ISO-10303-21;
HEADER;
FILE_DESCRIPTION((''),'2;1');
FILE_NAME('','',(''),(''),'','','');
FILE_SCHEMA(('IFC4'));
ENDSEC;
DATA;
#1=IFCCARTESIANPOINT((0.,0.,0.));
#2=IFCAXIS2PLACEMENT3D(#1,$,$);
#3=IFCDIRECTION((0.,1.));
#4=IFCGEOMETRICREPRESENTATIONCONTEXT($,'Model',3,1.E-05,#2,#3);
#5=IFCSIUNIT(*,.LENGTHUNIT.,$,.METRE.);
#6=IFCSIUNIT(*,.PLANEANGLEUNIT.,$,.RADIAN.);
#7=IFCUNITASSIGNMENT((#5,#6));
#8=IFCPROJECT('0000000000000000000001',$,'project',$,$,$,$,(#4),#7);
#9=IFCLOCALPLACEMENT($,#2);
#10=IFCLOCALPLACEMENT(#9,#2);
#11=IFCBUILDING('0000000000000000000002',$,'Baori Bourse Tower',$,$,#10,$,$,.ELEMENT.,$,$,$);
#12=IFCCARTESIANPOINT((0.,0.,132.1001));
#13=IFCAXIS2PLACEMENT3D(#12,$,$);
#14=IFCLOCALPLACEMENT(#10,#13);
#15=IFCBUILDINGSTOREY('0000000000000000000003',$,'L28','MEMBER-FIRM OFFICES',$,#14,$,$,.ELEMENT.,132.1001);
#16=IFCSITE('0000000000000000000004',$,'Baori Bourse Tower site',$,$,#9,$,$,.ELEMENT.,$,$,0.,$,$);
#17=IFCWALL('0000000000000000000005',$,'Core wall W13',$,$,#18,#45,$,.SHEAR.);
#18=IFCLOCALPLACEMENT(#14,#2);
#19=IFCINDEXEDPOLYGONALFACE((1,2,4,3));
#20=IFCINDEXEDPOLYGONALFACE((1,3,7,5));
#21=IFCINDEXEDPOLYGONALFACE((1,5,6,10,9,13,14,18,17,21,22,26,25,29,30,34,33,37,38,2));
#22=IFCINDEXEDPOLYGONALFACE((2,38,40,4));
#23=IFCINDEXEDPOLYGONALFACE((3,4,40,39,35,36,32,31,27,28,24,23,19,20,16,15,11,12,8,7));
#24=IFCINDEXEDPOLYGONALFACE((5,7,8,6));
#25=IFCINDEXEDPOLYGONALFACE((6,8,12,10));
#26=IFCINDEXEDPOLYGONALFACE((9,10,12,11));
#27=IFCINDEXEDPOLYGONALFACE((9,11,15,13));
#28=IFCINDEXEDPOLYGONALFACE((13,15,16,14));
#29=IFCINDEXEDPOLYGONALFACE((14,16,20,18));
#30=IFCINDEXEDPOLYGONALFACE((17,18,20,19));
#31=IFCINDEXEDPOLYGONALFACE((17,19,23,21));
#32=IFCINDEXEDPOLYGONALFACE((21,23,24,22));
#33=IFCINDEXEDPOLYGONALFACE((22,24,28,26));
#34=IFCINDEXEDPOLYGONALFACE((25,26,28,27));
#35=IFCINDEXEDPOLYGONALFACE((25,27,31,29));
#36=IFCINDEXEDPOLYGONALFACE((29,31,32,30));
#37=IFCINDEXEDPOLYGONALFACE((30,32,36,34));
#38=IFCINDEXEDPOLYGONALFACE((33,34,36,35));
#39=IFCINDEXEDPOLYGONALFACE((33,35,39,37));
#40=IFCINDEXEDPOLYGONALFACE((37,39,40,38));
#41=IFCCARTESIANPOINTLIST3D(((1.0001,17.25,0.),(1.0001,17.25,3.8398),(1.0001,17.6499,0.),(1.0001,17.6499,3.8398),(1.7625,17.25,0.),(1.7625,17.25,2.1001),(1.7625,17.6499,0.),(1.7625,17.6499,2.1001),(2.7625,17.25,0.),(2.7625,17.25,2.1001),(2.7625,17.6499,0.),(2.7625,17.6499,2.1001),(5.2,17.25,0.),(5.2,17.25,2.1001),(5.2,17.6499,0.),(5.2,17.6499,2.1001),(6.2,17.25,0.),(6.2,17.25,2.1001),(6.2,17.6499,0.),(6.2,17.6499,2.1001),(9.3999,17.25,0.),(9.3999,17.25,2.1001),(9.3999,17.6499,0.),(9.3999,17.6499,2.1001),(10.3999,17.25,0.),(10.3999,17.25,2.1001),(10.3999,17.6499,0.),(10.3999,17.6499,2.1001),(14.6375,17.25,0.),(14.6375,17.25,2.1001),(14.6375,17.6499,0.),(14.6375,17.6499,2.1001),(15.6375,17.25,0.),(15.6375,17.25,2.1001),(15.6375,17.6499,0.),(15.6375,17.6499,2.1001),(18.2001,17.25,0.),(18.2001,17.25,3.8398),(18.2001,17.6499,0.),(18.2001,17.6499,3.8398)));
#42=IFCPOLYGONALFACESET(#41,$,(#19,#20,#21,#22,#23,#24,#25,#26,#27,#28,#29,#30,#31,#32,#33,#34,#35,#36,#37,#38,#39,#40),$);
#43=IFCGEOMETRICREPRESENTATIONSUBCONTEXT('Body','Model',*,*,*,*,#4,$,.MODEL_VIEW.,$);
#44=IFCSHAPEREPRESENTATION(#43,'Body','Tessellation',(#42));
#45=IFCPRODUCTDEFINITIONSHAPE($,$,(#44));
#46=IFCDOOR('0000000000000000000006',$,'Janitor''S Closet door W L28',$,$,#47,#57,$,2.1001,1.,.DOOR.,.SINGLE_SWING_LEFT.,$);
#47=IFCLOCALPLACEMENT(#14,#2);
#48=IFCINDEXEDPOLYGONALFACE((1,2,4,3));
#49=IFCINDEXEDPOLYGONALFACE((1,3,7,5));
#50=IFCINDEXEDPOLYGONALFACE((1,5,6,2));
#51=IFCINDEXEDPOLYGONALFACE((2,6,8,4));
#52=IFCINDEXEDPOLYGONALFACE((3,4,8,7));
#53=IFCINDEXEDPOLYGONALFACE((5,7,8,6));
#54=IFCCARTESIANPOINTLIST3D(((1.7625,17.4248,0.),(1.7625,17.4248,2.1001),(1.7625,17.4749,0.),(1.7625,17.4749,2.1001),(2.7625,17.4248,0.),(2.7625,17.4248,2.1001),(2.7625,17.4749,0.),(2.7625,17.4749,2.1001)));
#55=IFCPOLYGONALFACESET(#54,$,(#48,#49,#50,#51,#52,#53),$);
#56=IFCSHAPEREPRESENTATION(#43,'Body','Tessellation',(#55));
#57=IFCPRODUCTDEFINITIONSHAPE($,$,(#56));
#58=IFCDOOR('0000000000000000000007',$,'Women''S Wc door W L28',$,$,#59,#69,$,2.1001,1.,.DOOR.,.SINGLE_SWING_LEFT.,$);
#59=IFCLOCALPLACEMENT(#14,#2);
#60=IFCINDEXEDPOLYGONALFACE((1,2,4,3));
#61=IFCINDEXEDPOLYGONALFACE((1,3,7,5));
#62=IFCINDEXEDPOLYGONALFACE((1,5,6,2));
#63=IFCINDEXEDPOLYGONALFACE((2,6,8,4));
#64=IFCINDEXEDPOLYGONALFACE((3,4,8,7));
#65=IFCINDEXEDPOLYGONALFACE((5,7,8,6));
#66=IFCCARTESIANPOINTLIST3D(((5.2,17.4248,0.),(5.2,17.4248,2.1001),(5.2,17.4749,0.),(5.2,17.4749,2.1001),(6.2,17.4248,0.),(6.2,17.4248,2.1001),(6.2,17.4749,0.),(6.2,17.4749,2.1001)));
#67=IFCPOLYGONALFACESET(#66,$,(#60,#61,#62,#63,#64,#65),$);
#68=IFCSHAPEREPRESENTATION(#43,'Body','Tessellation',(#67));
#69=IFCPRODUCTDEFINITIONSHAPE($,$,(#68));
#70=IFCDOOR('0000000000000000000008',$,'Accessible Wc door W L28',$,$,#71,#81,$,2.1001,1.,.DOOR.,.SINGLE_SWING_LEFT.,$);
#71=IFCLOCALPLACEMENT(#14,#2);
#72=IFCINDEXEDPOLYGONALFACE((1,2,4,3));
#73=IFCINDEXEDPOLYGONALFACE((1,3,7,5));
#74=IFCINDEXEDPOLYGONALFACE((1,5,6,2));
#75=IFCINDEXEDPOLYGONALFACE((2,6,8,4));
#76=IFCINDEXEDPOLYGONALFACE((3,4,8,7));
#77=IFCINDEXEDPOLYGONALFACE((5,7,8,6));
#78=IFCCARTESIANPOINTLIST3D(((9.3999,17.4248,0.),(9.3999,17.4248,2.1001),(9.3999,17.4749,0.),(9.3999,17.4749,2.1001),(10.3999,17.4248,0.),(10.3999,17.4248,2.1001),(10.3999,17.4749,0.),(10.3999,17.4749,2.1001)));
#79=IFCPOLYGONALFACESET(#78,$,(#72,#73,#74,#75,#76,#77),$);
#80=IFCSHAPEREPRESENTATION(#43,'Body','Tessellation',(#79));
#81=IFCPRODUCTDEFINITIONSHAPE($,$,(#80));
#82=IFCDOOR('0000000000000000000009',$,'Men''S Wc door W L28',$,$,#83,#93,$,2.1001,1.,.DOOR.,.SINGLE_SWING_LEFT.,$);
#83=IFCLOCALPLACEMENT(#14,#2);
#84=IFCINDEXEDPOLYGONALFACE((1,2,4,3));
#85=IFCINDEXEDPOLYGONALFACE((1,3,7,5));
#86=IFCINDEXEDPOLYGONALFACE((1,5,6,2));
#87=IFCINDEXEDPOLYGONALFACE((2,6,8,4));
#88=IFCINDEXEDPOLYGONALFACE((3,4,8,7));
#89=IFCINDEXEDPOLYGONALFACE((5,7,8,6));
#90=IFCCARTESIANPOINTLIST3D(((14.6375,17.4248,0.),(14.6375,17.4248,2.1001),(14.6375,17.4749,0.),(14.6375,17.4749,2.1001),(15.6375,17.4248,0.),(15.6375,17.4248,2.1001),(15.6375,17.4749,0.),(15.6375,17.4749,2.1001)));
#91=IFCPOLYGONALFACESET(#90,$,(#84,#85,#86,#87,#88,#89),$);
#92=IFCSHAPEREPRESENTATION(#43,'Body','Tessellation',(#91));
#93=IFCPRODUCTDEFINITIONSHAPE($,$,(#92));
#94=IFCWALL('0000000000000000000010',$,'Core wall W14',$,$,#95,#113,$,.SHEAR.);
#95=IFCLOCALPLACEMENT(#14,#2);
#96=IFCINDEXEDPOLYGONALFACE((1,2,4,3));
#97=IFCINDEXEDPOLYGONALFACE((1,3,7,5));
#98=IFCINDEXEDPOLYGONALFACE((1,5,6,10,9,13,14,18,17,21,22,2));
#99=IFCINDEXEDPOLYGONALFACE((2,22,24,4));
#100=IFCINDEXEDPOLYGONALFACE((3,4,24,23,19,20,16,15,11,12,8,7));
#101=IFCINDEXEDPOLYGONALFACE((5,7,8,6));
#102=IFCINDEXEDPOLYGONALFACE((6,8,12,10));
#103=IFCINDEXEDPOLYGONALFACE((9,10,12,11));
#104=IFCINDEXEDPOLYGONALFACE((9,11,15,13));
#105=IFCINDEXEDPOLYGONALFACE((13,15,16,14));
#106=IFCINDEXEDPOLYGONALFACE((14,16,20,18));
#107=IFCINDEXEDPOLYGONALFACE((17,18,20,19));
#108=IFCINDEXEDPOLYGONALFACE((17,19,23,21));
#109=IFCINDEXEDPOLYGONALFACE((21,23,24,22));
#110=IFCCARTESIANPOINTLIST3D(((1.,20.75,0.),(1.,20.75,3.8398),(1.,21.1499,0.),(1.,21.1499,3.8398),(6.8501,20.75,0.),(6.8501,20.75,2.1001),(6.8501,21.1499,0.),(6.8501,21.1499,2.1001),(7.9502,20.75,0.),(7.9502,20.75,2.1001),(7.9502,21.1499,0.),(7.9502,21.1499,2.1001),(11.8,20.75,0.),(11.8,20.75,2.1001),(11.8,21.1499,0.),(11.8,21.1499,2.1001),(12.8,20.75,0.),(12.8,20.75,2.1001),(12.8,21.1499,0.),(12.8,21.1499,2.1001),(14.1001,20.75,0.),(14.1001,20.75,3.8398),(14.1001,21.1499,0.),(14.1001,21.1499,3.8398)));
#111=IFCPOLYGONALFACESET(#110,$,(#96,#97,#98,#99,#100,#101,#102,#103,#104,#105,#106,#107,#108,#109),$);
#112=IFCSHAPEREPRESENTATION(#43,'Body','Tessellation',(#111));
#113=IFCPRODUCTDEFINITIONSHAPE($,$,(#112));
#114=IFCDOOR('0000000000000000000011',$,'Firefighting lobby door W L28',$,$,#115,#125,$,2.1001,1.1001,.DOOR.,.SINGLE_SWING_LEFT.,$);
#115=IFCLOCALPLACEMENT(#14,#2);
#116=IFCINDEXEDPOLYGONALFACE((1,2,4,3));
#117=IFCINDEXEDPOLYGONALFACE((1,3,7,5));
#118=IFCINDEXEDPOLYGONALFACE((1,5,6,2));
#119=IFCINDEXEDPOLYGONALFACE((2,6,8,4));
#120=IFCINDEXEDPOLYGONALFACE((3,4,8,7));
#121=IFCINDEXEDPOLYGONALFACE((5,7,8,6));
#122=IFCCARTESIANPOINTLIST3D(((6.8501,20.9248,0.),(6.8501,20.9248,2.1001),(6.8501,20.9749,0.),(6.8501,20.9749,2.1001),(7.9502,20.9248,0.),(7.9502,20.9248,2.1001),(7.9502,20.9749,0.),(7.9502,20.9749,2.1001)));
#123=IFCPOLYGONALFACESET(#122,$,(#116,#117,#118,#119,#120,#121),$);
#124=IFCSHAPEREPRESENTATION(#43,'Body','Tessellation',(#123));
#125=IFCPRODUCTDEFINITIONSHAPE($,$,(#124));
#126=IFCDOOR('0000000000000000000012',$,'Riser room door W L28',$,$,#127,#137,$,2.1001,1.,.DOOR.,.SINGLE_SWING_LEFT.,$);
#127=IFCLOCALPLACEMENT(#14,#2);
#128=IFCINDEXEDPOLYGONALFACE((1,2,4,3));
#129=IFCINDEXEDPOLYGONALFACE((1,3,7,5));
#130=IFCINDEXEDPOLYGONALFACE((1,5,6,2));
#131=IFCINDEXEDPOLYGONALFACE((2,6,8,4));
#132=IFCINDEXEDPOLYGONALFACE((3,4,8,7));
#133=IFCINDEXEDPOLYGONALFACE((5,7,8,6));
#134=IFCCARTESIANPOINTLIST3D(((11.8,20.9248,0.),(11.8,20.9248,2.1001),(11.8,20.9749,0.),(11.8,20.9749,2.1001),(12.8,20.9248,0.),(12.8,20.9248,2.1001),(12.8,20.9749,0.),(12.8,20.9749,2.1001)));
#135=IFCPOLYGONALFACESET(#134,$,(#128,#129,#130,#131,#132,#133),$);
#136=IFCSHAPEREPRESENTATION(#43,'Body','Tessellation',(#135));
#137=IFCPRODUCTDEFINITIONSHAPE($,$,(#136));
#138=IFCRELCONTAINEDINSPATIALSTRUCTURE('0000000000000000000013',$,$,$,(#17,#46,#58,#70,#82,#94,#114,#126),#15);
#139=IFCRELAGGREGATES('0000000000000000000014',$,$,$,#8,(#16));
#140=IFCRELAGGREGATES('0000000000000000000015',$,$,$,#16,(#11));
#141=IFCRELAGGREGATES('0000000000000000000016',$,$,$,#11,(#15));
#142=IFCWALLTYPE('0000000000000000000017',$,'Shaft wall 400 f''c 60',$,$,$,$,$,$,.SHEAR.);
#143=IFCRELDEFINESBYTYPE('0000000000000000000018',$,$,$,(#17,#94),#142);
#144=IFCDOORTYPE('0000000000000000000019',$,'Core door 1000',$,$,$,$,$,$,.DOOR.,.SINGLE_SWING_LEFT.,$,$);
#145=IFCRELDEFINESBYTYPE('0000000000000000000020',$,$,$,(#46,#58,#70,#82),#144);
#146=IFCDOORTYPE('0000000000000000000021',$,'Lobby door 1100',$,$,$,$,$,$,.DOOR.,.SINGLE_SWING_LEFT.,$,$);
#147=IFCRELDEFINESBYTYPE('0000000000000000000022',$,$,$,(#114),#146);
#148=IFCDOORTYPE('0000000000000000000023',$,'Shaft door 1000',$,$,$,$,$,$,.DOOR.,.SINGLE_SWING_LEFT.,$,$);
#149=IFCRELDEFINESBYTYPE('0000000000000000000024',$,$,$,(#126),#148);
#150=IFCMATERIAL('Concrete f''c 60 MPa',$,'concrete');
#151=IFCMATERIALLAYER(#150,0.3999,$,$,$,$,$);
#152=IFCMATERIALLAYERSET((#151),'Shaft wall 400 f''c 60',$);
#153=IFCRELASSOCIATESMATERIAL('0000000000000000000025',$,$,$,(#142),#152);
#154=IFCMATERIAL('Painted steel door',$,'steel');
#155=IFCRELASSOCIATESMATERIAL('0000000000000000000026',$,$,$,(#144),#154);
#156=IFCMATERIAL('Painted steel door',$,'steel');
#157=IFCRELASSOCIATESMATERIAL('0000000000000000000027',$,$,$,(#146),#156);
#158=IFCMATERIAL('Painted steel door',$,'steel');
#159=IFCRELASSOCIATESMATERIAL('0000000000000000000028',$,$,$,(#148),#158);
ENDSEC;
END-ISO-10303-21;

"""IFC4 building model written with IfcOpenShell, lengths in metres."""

from ifc_helpers import new_model, si_unit, direction, frame, frame_2d, origin, place, context, subcontext, project, spatial, rectangle, extrude, material, layer, layer_set, type_object, element, fill, save


model = new_model("IFC4")

# Units and contexts
model_context = context("Model", 3, precision=1e-05, world=origin(), true_north=direction((0.0, 1.0)))
body_context = subcontext(model_context, "Body", "Model", "MODEL_VIEW")
ifc_project = project(units=[si_unit("LENGTHUNIT", "METRE"), si_unit("PLANEANGLEUNIT", "RADIAN")], contexts=[model_context])

# Site, building, storey
site_placement = place(None, origin())
site = spatial("IfcSite", under=ifc_project, at=site_placement, Name="Baori Bourse Tower site", CompositionType="ELEMENT", RefElevation=0.0)
building_placement = place(site_placement, origin())
building = spatial("IfcBuilding", under=site, at=building_placement, Name="Baori Bourse Tower", CompositionType="ELEMENT")
storey_placement = place(building_placement, frame((0.0, 0.0, 132.1001)))
storey = spatial("IfcBuildingStorey", under=building, at=storey_placement, Name="L28", Description="MEMBER-FIRM OFFICES", CompositionType="ELEMENT", Elevation=132.1001)

# Shared definitions
ifc_material_1 = material(Name="Concrete f'c 60 MPa", Category="concrete")
ifc_layer_1 = layer(ifc_material_1, 0.3999)
ifc_layer_set_1 = layer_set([ifc_layer_1], Name="Shaft wall 400 f'c 60")
wall_type_1 = type_object("IfcWallType", Name="Shaft wall 400 f'c 60", PredefinedType="SHEAR", material=ifc_layer_set_1)

# Walls, openings, doors
wall_1_placement = place(storey_placement, frame((1.0, 17.45, 0.0), z_axis=(0.0, 0.0, 1.0), x_axis=(1.0, 0.0, 0.0)))
wall_1 = element("IfcWall", 1, at=wall_1_placement, inside=storey, type_object=wall_type_1, Name="Core wall W13", PredefinedType="SHEAR", context=body_context, shape_type="SweptSolid", body=[
    extrude(rectangle(XDim=17.2, YDim=0.3999, at=frame_2d((8.6001, 0.0))), origin(), (0.0, 0.0, 1.0), 3.8398),
])
opening_1_placement = place(wall_1_placement, frame((0.7625, 0.0, 0.0)))
opening_1 = element("IfcOpeningElement", 2, at=opening_1_placement, cuts=wall_1, PredefinedType="OPENING", context=body_context, shape_type="SweptSolid", body=[
    extrude(rectangle(XDim=1.0, YDim=2.1001, at=frame_2d((0.5, 1.05))), frame((0.0, 0.21, 0.0), z_axis=(0.0, -1.0, 0.0), x_axis=(1.0, 0.0, 0.0)), (0.0, 0.0, 1.0), 0.4199),
])
opening_2_placement = place(wall_1_placement, frame((4.2, 0.0, 0.0)))
opening_2 = element("IfcOpeningElement", 3, at=opening_2_placement, cuts=wall_1, PredefinedType="OPENING", context=body_context, shape_type="SweptSolid", body=[
    extrude(rectangle(XDim=1.0, YDim=2.1001, at=frame_2d((0.5, 1.05))), frame((0.0, 0.21, 0.0), z_axis=(0.0, -1.0, 0.0), x_axis=(1.0, 0.0, 0.0)), (0.0, 0.0, 1.0), 0.4199),
])
opening_3_placement = place(wall_1_placement, frame((8.3999, 0.0, 0.0)))
opening_3 = element("IfcOpeningElement", 4, at=opening_3_placement, cuts=wall_1, PredefinedType="OPENING", context=body_context, shape_type="SweptSolid", body=[
    extrude(rectangle(XDim=1.0, YDim=2.1001, at=frame_2d((0.5, 1.05))), frame((0.0, 0.21, 0.0), z_axis=(0.0, -1.0, 0.0), x_axis=(1.0, 0.0, 0.0)), (0.0, 0.0, 1.0), 0.4199),
])
opening_4_placement = place(wall_1_placement, frame((13.6375, 0.0, 0.0)))
opening_4 = element("IfcOpeningElement", 5, at=opening_4_placement, cuts=wall_1, PredefinedType="OPENING", context=body_context, shape_type="SweptSolid", body=[
    extrude(rectangle(XDim=1.0, YDim=2.1001, at=frame_2d((0.5, 1.05))), frame((0.0, 0.21, 0.0), z_axis=(0.0, -1.0, 0.0), x_axis=(1.0, 0.0, 0.0)), (0.0, 0.0, 1.0), 0.4199),
])
ifc_material_2 = material(Name="Painted steel door", Category="steel")
door_type_1 = type_object("IfcDoorType", Name="Core door 1000", OperationType="SINGLE_SWING_LEFT", PredefinedType="DOOR", material=ifc_material_2)
door_1_placement = place(opening_1_placement, origin())
door_1 = element("IfcDoor", 6, at=door_1_placement, inside=storey, type_object=door_type_1, Name="Janitor'S Closet door W L28", OperationType="SINGLE_SWING_LEFT", OverallHeight=2.1001, OverallWidth=1.0, PredefinedType="DOOR", context=body_context, shape_type="SweptSolid", body=[
    extrude(rectangle(XDim=1.0, YDim=2.1001, at=frame_2d((0.5, 1.05))), frame((0.0, 0.0249, 0.0), z_axis=(0.0, -1.0, 0.0), x_axis=(1.0, 0.0, 0.0)), (0.0, 0.0, 1.0), 0.05),
])
fill(opening_1, door_1)
door_2_placement = place(opening_2_placement, origin())
door_2 = element("IfcDoor", 7, at=door_2_placement, inside=storey, type_object=door_type_1, Name="Women'S Wc door W L28", OperationType="SINGLE_SWING_LEFT", OverallHeight=2.1001, OverallWidth=1.0, PredefinedType="DOOR", context=body_context, shape_type="SweptSolid", body=[
    extrude(rectangle(XDim=1.0, YDim=2.1001, at=frame_2d((0.5, 1.05))), frame((0.0, 0.0249, 0.0), z_axis=(0.0, -1.0, 0.0), x_axis=(1.0, 0.0, 0.0)), (0.0, 0.0, 1.0), 0.05),
])
fill(opening_2, door_2)
door_3_placement = place(opening_3_placement, origin())
door_3 = element("IfcDoor", 8, at=door_3_placement, inside=storey, type_object=door_type_1, Name="Accessible Wc door W L28", OperationType="SINGLE_SWING_LEFT", OverallHeight=2.1001, OverallWidth=1.0, PredefinedType="DOOR", context=body_context, shape_type="SweptSolid", body=[
    extrude(rectangle(XDim=1.0, YDim=2.1001, at=frame_2d((0.5, 1.05))), frame((0.0, 0.0249, 0.0), z_axis=(0.0, -1.0, 0.0), x_axis=(1.0, 0.0, 0.0)), (0.0, 0.0, 1.0), 0.05),
])
fill(opening_3, door_3)
door_4_placement = place(opening_4_placement, origin())
door_4 = element("IfcDoor", 9, at=door_4_placement, inside=storey, type_object=door_type_1, Name="Men'S Wc door W L28", OperationType="SINGLE_SWING_LEFT", OverallHeight=2.1001, OverallWidth=1.0, PredefinedType="DOOR", context=body_context, shape_type="SweptSolid", body=[
    extrude(rectangle(XDim=1.0, YDim=2.1001, at=frame_2d((0.5, 1.05))), frame((0.0, 0.0249, 0.0), z_axis=(0.0, -1.0, 0.0), x_axis=(1.0, 0.0, 0.0)), (0.0, 0.0, 1.0), 0.05),
])
fill(opening_4, door_4)
wall_2_placement = place(storey_placement, frame((1.0, 20.95, 0.0), z_axis=(0.0, 0.0, 1.0), x_axis=(1.0, 0.0, 0.0)))
wall_2 = element("IfcWall", 10, at=wall_2_placement, inside=storey, type_object=wall_type_1, Name="Core wall W14", PredefinedType="SHEAR", context=body_context, shape_type="SweptSolid", body=[
    extrude(rectangle(XDim=13.1001, YDim=0.3999, at=frame_2d((6.55, 0.0))), origin(), (0.0, 0.0, 1.0), 3.8398),
])
opening_5_placement = place(wall_2_placement, frame((5.8501, 0.0, 0.0)))
opening_5 = element("IfcOpeningElement", 11, at=opening_5_placement, cuts=wall_2, PredefinedType="OPENING", context=body_context, shape_type="SweptSolid", body=[
    extrude(rectangle(XDim=1.1001, YDim=2.1001, at=frame_2d((0.55, 1.05))), frame((0.0, 0.21, 0.0), z_axis=(0.0, -1.0, 0.0), x_axis=(1.0, 0.0, 0.0)), (0.0, 0.0, 1.0), 0.4199),
])
opening_6_placement = place(wall_2_placement, frame((10.8, 0.0, 0.0)))
opening_6 = element("IfcOpeningElement", 12, at=opening_6_placement, cuts=wall_2, PredefinedType="OPENING", context=body_context, shape_type="SweptSolid", body=[
    extrude(rectangle(XDim=1.0, YDim=2.1001, at=frame_2d((0.5, 1.05))), frame((0.0, 0.21, 0.0), z_axis=(0.0, -1.0, 0.0), x_axis=(1.0, 0.0, 0.0)), (0.0, 0.0, 1.0), 0.4199),
])
ifc_material_3 = material(Name="Painted steel door", Category="steel")
door_type_2 = type_object("IfcDoorType", Name="Lobby door 1100", OperationType="SINGLE_SWING_LEFT", PredefinedType="DOOR", material=ifc_material_3)
door_5_placement = place(opening_5_placement, origin())
door_5 = element("IfcDoor", 13, at=door_5_placement, inside=storey, type_object=door_type_2, Name="Firefighting lobby door W L28", OperationType="SINGLE_SWING_LEFT", OverallHeight=2.1001, OverallWidth=1.1001, PredefinedType="DOOR", context=body_context, shape_type="SweptSolid", body=[
    extrude(rectangle(XDim=1.1001, YDim=2.1001, at=frame_2d((0.55, 1.05))), frame((0.0, 0.0249, 0.0), z_axis=(0.0, -1.0, 0.0), x_axis=(1.0, 0.0, 0.0)), (0.0, 0.0, 1.0), 0.05),
])
fill(opening_5, door_5)
ifc_material_4 = material(Name="Painted steel door", Category="steel")
door_type_3 = type_object("IfcDoorType", Name="Shaft door 1000", OperationType="SINGLE_SWING_LEFT", PredefinedType="DOOR", material=ifc_material_4)
door_6_placement = place(opening_6_placement, origin())
door_6 = element("IfcDoor", 14, at=door_6_placement, inside=storey, type_object=door_type_3, Name="Riser room door W L28", OperationType="SINGLE_SWING_LEFT", OverallHeight=2.1001, OverallWidth=1.0, PredefinedType="DOOR", context=body_context, shape_type="SweptSolid", body=[
    extrude(rectangle(XDim=1.0, YDim=2.1001, at=frame_2d((0.5, 1.05))), frame((0.0, 0.0249, 0.0), z_axis=(0.0, -1.0, 0.0), x_axis=(1.0, 0.0, 0.0)), (0.0, 0.0, 1.0), 0.05),
])
fill(opening_6, door_6)

save(model, "model.ifc")
